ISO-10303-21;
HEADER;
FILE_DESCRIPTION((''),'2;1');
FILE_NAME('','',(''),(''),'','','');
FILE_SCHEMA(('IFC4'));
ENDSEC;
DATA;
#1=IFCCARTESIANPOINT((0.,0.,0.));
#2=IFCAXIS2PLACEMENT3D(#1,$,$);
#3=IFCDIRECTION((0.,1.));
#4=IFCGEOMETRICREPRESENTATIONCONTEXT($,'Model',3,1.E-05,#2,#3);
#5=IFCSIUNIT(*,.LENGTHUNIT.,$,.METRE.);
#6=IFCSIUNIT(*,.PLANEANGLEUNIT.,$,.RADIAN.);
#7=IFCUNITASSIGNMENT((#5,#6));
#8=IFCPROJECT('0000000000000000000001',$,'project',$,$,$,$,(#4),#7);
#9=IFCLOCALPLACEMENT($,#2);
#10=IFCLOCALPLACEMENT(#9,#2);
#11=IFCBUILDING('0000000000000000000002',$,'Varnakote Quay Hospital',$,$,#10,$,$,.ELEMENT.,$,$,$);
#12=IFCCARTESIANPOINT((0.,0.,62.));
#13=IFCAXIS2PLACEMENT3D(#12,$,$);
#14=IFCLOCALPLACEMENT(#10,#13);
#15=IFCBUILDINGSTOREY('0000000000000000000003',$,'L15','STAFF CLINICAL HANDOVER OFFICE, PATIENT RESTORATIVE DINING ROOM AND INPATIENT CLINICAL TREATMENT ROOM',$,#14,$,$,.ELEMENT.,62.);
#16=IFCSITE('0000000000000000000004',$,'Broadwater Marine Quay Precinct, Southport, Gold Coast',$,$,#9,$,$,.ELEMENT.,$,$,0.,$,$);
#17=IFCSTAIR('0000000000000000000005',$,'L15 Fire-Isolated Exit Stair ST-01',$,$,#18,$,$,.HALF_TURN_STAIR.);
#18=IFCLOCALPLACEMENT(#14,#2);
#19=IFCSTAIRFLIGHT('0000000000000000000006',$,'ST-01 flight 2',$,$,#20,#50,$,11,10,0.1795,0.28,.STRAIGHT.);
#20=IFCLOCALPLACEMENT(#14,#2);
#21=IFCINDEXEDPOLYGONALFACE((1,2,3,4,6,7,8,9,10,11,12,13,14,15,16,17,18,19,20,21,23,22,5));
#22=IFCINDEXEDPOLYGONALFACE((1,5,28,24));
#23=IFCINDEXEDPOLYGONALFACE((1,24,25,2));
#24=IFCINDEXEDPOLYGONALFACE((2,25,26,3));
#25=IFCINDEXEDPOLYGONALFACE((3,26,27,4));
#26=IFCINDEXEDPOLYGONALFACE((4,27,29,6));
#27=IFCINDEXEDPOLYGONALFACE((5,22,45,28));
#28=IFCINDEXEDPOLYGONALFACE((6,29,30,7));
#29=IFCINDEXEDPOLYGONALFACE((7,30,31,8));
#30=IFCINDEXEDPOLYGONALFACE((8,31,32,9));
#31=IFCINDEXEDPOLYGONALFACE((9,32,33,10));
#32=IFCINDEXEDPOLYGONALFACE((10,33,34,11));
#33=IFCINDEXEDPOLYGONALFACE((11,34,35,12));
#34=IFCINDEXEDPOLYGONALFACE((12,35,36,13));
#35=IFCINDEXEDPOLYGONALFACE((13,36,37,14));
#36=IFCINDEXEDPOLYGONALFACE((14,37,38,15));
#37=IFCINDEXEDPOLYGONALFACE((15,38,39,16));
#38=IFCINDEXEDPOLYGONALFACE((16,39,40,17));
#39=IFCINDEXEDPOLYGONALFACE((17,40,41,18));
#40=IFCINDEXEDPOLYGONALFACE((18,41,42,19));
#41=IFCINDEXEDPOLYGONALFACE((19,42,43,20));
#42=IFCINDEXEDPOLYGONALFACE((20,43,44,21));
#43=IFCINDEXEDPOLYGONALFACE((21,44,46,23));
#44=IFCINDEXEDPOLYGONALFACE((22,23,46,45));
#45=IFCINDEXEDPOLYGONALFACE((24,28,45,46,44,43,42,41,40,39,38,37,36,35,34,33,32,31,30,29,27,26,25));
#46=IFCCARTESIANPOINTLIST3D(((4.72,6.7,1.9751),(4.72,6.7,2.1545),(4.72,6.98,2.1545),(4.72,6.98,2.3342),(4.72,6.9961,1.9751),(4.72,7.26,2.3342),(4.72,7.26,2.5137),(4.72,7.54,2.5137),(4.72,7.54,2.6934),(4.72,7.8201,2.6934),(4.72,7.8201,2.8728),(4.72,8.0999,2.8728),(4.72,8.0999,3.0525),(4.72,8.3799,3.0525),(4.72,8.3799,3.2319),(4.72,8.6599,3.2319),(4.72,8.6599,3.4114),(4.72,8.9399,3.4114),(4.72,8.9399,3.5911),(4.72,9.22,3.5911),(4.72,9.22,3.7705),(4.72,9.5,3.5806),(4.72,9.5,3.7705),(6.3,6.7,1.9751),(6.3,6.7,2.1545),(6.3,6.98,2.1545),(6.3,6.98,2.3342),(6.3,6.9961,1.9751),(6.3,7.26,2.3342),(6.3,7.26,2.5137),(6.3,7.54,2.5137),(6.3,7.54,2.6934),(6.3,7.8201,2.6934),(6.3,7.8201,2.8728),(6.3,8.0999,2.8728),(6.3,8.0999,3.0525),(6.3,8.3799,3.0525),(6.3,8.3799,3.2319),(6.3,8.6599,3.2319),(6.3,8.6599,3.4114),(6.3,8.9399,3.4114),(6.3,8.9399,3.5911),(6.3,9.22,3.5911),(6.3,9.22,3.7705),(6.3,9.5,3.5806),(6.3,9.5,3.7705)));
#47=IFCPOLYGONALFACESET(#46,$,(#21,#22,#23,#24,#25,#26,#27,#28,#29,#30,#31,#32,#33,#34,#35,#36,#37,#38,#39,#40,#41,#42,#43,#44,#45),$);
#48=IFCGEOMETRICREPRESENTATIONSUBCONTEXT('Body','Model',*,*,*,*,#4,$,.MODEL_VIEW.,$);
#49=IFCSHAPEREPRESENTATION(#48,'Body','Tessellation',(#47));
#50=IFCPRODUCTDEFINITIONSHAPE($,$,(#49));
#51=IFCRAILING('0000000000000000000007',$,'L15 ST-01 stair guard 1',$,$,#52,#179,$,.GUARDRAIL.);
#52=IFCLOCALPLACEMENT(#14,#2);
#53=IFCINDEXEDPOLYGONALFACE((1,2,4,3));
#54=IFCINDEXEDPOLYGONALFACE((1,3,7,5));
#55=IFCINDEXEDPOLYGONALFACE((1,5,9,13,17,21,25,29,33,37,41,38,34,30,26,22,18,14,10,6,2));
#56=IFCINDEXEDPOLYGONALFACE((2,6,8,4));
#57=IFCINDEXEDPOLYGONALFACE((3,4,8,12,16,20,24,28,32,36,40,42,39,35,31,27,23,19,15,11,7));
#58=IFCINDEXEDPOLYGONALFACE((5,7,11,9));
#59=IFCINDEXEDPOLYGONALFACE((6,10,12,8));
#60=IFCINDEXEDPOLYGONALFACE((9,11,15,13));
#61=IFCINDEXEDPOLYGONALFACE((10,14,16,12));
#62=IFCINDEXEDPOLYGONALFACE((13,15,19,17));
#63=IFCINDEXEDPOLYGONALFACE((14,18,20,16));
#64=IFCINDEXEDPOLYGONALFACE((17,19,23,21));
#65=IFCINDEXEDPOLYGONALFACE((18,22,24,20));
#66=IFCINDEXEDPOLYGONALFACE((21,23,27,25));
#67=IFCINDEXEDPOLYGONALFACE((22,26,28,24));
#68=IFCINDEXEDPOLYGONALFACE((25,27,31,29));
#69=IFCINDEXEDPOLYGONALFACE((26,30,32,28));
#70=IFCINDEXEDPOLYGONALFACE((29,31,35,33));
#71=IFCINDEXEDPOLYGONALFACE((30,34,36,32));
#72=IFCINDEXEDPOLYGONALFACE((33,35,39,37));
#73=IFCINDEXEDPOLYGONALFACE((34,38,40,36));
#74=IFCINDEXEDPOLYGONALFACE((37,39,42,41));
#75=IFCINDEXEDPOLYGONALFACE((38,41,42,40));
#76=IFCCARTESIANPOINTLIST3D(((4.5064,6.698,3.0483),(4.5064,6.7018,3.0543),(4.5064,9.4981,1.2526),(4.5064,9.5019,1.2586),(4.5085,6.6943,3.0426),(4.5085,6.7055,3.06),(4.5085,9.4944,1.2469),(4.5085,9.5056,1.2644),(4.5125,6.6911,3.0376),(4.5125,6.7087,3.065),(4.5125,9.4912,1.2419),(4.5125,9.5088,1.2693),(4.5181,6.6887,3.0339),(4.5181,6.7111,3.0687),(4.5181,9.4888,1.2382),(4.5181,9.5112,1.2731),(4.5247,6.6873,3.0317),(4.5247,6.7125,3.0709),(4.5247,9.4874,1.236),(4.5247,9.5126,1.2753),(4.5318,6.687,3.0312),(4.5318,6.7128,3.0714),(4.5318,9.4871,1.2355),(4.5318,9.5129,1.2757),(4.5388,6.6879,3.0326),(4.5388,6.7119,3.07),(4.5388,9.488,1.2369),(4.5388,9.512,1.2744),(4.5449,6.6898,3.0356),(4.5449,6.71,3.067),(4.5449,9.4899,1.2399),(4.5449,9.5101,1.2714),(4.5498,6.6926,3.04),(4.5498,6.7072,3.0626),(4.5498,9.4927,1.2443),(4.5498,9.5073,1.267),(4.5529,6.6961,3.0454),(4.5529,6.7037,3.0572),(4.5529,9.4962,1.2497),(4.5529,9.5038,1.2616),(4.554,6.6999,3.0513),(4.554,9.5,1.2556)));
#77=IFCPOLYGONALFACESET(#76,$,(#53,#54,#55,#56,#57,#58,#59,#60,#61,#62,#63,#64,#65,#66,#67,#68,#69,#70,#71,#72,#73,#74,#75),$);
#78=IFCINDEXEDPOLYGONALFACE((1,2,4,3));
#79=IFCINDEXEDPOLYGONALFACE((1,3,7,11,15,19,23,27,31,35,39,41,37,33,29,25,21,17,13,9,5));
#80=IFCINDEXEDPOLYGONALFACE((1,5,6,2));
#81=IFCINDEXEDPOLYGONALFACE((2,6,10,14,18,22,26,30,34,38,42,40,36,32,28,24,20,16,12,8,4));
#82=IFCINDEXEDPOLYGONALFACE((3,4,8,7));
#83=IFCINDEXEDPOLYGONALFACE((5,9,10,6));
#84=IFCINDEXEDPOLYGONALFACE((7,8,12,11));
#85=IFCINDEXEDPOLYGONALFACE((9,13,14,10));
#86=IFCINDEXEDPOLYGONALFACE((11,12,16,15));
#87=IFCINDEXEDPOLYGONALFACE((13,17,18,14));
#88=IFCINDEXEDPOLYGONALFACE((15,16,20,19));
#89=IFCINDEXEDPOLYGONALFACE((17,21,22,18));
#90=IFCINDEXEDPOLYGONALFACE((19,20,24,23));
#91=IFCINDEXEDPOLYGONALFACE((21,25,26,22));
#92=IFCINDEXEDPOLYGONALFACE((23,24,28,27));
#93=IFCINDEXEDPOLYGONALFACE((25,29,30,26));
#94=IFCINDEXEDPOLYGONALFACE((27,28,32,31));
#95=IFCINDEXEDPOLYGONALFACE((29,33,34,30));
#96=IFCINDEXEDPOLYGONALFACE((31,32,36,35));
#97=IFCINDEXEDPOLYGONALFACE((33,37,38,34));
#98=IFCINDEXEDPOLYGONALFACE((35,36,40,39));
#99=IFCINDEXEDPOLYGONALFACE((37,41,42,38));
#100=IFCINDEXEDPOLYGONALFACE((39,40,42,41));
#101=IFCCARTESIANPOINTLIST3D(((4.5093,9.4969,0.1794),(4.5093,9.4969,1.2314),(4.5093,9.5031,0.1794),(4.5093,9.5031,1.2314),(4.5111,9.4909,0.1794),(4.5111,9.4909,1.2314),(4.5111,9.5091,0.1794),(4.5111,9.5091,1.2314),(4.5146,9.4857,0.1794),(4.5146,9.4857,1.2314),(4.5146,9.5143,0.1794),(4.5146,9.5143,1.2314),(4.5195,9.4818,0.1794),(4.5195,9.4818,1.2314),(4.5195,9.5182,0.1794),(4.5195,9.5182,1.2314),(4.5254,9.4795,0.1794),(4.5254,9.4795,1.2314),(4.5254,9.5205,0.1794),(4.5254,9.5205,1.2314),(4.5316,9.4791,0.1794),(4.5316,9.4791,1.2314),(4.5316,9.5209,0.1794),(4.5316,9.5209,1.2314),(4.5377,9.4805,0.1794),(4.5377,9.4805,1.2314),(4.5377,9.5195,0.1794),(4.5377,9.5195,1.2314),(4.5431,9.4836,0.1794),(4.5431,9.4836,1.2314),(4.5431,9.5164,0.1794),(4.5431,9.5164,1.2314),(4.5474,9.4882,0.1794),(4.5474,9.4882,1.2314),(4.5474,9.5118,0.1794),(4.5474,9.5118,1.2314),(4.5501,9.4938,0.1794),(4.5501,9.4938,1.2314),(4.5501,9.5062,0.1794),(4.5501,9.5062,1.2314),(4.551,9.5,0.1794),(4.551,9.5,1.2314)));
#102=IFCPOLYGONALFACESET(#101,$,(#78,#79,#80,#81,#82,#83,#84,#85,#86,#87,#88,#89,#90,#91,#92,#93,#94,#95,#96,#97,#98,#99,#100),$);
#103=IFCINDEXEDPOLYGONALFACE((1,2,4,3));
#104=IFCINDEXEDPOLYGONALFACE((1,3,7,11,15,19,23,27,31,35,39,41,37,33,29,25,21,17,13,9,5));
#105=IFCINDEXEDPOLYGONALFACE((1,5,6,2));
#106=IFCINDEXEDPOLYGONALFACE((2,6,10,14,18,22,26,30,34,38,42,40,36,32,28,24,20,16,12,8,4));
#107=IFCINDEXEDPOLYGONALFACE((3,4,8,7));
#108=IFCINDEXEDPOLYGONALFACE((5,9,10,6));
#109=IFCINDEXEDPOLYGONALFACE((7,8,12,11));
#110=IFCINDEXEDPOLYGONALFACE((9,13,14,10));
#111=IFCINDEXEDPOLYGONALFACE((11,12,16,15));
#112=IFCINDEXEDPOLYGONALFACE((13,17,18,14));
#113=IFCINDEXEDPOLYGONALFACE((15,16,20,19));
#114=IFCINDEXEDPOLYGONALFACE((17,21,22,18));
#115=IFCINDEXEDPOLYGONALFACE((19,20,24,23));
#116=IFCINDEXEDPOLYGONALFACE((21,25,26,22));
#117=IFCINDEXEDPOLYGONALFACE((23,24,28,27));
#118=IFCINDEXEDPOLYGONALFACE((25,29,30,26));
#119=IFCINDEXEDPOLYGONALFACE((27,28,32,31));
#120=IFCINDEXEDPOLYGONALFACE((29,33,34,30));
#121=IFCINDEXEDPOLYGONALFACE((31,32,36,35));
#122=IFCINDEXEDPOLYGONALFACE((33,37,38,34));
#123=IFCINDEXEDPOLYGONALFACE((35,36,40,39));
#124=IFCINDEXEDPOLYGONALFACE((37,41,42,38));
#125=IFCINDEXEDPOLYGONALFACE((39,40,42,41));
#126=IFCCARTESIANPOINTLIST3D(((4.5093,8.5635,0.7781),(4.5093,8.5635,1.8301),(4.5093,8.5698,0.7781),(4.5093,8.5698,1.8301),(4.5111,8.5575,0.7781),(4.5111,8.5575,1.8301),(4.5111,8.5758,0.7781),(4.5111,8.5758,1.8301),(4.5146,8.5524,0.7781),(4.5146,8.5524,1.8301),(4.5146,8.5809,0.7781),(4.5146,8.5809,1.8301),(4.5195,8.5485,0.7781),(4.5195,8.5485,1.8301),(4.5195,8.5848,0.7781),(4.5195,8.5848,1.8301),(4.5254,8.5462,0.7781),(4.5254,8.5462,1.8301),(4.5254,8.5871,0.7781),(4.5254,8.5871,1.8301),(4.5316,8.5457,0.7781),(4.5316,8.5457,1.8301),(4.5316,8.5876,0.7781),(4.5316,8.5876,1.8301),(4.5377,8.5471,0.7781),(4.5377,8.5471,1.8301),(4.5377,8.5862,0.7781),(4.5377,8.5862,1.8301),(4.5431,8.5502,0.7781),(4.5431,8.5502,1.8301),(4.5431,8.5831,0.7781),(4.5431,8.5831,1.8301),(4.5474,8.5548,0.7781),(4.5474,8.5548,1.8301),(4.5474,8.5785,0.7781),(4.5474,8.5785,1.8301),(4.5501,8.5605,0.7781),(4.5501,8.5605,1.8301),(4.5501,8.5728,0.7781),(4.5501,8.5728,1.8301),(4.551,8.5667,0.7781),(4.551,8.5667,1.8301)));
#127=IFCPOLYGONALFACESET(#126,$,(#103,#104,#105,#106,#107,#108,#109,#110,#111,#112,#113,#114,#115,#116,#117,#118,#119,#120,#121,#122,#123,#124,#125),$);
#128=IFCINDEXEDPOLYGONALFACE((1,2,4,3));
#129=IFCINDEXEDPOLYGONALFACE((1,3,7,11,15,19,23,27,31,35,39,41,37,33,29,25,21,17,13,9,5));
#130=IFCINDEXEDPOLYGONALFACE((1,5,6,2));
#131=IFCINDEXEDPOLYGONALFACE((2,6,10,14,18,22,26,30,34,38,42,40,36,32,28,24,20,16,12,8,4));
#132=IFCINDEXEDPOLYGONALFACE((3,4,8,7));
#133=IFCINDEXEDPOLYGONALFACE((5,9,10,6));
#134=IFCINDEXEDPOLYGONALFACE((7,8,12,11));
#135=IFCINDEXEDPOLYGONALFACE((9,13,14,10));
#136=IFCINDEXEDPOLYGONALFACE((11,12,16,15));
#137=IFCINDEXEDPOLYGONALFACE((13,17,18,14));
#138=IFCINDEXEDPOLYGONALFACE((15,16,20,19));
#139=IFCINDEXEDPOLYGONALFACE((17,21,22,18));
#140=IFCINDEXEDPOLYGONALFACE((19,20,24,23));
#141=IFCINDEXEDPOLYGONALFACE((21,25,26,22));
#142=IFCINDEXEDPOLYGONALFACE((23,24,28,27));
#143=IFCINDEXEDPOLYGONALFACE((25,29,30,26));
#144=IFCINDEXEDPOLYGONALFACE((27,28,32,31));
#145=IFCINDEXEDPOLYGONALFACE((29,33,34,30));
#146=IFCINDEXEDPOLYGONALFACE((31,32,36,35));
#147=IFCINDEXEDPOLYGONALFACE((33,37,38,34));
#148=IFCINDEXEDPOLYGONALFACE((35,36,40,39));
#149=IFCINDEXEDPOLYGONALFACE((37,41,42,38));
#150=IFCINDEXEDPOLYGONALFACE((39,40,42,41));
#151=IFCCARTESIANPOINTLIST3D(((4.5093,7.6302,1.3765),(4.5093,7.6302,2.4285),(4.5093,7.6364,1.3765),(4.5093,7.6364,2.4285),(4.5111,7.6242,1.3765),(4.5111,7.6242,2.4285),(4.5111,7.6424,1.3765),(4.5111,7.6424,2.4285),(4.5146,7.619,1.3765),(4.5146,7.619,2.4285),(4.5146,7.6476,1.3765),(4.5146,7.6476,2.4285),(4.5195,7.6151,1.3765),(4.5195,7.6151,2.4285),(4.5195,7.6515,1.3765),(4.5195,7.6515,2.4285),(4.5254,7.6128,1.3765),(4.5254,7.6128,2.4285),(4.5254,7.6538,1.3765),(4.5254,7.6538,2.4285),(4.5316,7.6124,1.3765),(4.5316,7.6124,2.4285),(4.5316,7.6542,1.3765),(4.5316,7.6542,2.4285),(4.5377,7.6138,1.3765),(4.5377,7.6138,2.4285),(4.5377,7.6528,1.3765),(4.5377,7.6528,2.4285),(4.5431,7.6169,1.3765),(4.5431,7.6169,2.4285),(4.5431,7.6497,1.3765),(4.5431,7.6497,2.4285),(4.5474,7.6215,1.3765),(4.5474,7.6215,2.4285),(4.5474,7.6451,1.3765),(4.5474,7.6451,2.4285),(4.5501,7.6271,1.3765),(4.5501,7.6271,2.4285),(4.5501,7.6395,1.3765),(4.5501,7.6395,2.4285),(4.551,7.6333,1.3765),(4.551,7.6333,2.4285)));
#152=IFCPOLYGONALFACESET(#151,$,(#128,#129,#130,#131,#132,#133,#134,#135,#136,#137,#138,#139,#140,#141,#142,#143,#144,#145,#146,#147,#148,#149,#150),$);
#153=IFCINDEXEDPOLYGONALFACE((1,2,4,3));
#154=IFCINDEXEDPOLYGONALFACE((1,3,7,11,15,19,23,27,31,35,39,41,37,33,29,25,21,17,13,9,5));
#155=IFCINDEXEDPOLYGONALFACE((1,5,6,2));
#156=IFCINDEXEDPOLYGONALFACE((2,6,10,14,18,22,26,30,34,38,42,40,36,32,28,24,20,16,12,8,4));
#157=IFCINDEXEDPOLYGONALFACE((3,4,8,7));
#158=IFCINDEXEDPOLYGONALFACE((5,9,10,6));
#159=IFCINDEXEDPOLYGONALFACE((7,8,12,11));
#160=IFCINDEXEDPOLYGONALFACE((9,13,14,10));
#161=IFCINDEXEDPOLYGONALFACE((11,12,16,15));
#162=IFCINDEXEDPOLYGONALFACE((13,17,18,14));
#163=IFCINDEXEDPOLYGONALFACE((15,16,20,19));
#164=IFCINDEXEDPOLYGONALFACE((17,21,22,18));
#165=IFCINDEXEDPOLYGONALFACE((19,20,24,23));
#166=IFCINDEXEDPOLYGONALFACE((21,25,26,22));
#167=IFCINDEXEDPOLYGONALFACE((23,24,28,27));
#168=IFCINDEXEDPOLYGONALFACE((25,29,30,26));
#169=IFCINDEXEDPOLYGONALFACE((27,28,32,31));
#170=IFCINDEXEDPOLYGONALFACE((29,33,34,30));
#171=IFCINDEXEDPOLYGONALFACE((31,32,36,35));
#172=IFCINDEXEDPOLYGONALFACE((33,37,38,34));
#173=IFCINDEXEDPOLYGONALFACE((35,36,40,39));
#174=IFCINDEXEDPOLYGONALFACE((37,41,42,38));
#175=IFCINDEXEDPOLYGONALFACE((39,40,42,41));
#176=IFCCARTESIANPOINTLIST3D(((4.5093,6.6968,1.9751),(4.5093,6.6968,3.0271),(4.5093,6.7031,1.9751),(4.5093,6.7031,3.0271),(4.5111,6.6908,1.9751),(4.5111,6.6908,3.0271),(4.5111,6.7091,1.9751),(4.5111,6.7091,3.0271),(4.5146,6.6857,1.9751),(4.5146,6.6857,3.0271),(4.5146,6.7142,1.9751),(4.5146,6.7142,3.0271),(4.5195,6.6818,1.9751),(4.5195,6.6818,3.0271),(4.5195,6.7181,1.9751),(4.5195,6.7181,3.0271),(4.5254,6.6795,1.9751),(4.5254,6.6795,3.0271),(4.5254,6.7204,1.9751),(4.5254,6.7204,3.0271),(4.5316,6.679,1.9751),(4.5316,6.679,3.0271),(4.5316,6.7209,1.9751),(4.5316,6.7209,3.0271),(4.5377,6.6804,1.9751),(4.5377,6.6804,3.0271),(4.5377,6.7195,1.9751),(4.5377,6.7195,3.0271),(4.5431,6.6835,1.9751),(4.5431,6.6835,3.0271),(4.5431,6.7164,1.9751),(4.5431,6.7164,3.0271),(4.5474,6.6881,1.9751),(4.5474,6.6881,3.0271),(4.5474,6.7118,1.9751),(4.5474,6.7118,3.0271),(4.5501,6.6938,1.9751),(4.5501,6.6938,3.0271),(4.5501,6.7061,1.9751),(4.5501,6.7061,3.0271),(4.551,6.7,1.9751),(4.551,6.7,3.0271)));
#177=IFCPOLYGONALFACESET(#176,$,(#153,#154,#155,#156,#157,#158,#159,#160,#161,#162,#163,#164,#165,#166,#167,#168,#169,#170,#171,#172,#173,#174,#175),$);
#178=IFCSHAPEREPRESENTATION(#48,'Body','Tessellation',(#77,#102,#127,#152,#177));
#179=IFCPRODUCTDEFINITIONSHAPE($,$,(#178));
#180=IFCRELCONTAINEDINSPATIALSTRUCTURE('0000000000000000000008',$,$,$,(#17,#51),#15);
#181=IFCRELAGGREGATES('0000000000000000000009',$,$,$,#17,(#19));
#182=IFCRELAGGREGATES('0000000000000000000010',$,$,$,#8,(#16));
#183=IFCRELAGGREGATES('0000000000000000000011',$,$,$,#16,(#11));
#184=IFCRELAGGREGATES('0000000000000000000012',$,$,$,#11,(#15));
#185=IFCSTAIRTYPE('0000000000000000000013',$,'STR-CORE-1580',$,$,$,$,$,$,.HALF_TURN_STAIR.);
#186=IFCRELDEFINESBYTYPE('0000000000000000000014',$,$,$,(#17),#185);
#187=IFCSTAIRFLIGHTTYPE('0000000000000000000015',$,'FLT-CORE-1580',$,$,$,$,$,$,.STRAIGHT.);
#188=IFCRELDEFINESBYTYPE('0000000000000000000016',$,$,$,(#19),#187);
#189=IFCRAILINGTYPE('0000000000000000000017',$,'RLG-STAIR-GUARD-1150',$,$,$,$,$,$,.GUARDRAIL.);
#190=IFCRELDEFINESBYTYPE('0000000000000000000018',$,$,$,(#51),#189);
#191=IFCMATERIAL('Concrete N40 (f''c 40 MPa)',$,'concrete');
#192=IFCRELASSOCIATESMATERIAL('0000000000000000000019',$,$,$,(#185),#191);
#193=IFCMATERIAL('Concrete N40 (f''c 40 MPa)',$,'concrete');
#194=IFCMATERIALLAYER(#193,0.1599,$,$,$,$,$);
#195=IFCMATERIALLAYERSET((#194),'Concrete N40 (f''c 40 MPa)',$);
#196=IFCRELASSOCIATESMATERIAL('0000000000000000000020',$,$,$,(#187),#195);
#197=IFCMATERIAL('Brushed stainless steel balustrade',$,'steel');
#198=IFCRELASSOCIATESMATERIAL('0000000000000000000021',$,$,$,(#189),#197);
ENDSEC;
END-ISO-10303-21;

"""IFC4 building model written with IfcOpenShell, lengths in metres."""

from ifc_helpers import new_model, si_unit, direction, frame, origin, origin_2d, place, context, subcontext, project, spatial, polyline, circle, outline, extrude, material, layer, layer_set, type_object, element, aggregate, save


model = new_model("IFC4")

# Units and contexts
model_context = context("Model", 3, precision=1e-05, world=origin(), true_north=direction((0.0, 1.0)))
body_context = subcontext(model_context, "Body", "Model", "MODEL_VIEW")
ifc_project = project(units=[si_unit("LENGTHUNIT", "METRE"), si_unit("PLANEANGLEUNIT", "RADIAN")], contexts=[model_context])

# Site, building, storey
site_placement = place(None, origin())
site = spatial("IfcSite", under=ifc_project, at=site_placement, Name="Broadwater Marine Quay Precinct, Southport, Gold Coast", CompositionType="ELEMENT", RefElevation=0.0)
building_placement = place(site_placement, origin())
building = spatial("IfcBuilding", under=site, at=building_placement, Name="Varnakote Quay Hospital", CompositionType="ELEMENT")
storey_placement = place(building_placement, frame((0.0, 0.0, 62.0)))
storey = spatial("IfcBuildingStorey", under=building, at=storey_placement, Name="L15", Description="STAFF CLINICAL HANDOVER OFFICE, PATIENT RESTORATIVE DINING ROOM AND INPATIENT CLINICAL TREATMENT ROOM", CompositionType="ELEMENT", Elevation=62.0)

# Stair, stair flight
ifc_material_1 = material(Name="Concrete N40 (f'c 40 MPa)", Category="concrete")
stair_type = type_object("IfcStairType", Name="STR-CORE-1580", PredefinedType="HALF_TURN_STAIR", material=ifc_material_1)
stair_placement = place(storey_placement, origin())
stair = element("IfcStair", 1, at=stair_placement, inside=storey, type_object=stair_type, Name="L15 Fire-Isolated Exit Stair ST-01", PredefinedType="HALF_TURN_STAIR")
ifc_material_2 = material(Name="Concrete N40 (f'c 40 MPa)", Category="concrete")
ifc_layer_1 = layer(ifc_material_2, 0.1599)
ifc_layer_set_1 = layer_set([ifc_layer_1], Name="Concrete N40 (f'c 40 MPa)")
stair_flight_type = type_object("IfcStairFlightType", Name="FLT-CORE-1580", PredefinedType="STRAIGHT", material=ifc_layer_set_1)
stair_flight_placement = place(storey_placement, frame((5.51, 6.7, 1.9751), z_axis=(0.0, 0.0, 1.0), x_axis=(0.0, 1.0, 0.0)))
stair_flight = element("IfcStairFlight", 2, at=stair_flight_placement, type_object=stair_flight_type, Name="ST-01 flight 2", NumberOfRisers=11, NumberOfTreads=10, PredefinedType="STRAIGHT", RiserHeight=0.1795, TreadLength=0.28, context=body_context, shape_type="SweptSolid", body=[
    extrude(outline(polyline([(0.0, 0.0), (0.0, 0.1794), (0.28, 0.1794), (0.28, 0.3591), (0.5601, 0.3591), (0.5601, 0.5386), (0.8401, 0.5386), (0.8401, 0.7183), (1.1201, 0.7183), (1.1201, 0.8977), (1.3999, 0.8977), (1.3999, 1.0774), (1.6799, 1.0774), (1.6799, 1.2568), (1.96, 1.2568), (1.96, 1.4363), (2.24, 1.4363), (2.24, 1.616), (2.52, 1.616), (2.52, 1.7954), (2.8, 1.7954), (2.8, 1.9751), (2.8, 1.6055), (0.2961, 0.0), (0.0, 0.0)])), frame((0.0, 0.79, 0.0), z_axis=(0.0, -1.0, 0.0), x_axis=(1.0, 0.0, 0.0)), (0.0, 0.0, 1.0), 1.5801),
])
aggregate(stair, [stair_flight])

# Railing
ifc_material_3 = material(Name="Brushed stainless steel balustrade", Category="steel")
railing_type_1 = type_object("IfcRailingType", Name="RLG-STAIR-GUARD-1150", PredefinedType="GUARDRAIL", material=ifc_material_3)
railing_1_placement = place(storey_placement, frame((4.53, 9.5, 0.1794)))
element("IfcRailing", 3, at=railing_1_placement, inside=storey, type_object=railing_type_1, Name="L15 ST-01 stair guard 1", PredefinedType="GUARDRAIL", context=body_context, shape_type="SweptSolid", body=[
    extrude(circle(Radius=0.0239, at=origin_2d()), frame((0.0, 0.0, 1.0762), z_axis=(0.0, -0.841777, 0.539826), x_axis=(1.0, 0.0, 0.0)), (0.0, 0.0, 1.0), 3.3264),
    extrude(circle(Radius=0.021, at=origin_2d()), origin(), (0.0, 0.0, 1.0), 1.052),
    extrude(circle(Radius=0.021, at=origin_2d()), frame((0.0, -0.9333, 0.5986)), (0.0, 0.0, 1.0), 1.052),
    extrude(circle(Radius=0.021, at=origin_2d()), frame((0.0, -1.8667, 1.197)), (0.0, 0.0, 1.0), 1.052),
    extrude(circle(Radius=0.021, at=origin_2d()), frame((0.0, -2.8, 1.7957)), (0.0, 0.0, 1.0), 1.052),
])

save(model, "model.ifc")
